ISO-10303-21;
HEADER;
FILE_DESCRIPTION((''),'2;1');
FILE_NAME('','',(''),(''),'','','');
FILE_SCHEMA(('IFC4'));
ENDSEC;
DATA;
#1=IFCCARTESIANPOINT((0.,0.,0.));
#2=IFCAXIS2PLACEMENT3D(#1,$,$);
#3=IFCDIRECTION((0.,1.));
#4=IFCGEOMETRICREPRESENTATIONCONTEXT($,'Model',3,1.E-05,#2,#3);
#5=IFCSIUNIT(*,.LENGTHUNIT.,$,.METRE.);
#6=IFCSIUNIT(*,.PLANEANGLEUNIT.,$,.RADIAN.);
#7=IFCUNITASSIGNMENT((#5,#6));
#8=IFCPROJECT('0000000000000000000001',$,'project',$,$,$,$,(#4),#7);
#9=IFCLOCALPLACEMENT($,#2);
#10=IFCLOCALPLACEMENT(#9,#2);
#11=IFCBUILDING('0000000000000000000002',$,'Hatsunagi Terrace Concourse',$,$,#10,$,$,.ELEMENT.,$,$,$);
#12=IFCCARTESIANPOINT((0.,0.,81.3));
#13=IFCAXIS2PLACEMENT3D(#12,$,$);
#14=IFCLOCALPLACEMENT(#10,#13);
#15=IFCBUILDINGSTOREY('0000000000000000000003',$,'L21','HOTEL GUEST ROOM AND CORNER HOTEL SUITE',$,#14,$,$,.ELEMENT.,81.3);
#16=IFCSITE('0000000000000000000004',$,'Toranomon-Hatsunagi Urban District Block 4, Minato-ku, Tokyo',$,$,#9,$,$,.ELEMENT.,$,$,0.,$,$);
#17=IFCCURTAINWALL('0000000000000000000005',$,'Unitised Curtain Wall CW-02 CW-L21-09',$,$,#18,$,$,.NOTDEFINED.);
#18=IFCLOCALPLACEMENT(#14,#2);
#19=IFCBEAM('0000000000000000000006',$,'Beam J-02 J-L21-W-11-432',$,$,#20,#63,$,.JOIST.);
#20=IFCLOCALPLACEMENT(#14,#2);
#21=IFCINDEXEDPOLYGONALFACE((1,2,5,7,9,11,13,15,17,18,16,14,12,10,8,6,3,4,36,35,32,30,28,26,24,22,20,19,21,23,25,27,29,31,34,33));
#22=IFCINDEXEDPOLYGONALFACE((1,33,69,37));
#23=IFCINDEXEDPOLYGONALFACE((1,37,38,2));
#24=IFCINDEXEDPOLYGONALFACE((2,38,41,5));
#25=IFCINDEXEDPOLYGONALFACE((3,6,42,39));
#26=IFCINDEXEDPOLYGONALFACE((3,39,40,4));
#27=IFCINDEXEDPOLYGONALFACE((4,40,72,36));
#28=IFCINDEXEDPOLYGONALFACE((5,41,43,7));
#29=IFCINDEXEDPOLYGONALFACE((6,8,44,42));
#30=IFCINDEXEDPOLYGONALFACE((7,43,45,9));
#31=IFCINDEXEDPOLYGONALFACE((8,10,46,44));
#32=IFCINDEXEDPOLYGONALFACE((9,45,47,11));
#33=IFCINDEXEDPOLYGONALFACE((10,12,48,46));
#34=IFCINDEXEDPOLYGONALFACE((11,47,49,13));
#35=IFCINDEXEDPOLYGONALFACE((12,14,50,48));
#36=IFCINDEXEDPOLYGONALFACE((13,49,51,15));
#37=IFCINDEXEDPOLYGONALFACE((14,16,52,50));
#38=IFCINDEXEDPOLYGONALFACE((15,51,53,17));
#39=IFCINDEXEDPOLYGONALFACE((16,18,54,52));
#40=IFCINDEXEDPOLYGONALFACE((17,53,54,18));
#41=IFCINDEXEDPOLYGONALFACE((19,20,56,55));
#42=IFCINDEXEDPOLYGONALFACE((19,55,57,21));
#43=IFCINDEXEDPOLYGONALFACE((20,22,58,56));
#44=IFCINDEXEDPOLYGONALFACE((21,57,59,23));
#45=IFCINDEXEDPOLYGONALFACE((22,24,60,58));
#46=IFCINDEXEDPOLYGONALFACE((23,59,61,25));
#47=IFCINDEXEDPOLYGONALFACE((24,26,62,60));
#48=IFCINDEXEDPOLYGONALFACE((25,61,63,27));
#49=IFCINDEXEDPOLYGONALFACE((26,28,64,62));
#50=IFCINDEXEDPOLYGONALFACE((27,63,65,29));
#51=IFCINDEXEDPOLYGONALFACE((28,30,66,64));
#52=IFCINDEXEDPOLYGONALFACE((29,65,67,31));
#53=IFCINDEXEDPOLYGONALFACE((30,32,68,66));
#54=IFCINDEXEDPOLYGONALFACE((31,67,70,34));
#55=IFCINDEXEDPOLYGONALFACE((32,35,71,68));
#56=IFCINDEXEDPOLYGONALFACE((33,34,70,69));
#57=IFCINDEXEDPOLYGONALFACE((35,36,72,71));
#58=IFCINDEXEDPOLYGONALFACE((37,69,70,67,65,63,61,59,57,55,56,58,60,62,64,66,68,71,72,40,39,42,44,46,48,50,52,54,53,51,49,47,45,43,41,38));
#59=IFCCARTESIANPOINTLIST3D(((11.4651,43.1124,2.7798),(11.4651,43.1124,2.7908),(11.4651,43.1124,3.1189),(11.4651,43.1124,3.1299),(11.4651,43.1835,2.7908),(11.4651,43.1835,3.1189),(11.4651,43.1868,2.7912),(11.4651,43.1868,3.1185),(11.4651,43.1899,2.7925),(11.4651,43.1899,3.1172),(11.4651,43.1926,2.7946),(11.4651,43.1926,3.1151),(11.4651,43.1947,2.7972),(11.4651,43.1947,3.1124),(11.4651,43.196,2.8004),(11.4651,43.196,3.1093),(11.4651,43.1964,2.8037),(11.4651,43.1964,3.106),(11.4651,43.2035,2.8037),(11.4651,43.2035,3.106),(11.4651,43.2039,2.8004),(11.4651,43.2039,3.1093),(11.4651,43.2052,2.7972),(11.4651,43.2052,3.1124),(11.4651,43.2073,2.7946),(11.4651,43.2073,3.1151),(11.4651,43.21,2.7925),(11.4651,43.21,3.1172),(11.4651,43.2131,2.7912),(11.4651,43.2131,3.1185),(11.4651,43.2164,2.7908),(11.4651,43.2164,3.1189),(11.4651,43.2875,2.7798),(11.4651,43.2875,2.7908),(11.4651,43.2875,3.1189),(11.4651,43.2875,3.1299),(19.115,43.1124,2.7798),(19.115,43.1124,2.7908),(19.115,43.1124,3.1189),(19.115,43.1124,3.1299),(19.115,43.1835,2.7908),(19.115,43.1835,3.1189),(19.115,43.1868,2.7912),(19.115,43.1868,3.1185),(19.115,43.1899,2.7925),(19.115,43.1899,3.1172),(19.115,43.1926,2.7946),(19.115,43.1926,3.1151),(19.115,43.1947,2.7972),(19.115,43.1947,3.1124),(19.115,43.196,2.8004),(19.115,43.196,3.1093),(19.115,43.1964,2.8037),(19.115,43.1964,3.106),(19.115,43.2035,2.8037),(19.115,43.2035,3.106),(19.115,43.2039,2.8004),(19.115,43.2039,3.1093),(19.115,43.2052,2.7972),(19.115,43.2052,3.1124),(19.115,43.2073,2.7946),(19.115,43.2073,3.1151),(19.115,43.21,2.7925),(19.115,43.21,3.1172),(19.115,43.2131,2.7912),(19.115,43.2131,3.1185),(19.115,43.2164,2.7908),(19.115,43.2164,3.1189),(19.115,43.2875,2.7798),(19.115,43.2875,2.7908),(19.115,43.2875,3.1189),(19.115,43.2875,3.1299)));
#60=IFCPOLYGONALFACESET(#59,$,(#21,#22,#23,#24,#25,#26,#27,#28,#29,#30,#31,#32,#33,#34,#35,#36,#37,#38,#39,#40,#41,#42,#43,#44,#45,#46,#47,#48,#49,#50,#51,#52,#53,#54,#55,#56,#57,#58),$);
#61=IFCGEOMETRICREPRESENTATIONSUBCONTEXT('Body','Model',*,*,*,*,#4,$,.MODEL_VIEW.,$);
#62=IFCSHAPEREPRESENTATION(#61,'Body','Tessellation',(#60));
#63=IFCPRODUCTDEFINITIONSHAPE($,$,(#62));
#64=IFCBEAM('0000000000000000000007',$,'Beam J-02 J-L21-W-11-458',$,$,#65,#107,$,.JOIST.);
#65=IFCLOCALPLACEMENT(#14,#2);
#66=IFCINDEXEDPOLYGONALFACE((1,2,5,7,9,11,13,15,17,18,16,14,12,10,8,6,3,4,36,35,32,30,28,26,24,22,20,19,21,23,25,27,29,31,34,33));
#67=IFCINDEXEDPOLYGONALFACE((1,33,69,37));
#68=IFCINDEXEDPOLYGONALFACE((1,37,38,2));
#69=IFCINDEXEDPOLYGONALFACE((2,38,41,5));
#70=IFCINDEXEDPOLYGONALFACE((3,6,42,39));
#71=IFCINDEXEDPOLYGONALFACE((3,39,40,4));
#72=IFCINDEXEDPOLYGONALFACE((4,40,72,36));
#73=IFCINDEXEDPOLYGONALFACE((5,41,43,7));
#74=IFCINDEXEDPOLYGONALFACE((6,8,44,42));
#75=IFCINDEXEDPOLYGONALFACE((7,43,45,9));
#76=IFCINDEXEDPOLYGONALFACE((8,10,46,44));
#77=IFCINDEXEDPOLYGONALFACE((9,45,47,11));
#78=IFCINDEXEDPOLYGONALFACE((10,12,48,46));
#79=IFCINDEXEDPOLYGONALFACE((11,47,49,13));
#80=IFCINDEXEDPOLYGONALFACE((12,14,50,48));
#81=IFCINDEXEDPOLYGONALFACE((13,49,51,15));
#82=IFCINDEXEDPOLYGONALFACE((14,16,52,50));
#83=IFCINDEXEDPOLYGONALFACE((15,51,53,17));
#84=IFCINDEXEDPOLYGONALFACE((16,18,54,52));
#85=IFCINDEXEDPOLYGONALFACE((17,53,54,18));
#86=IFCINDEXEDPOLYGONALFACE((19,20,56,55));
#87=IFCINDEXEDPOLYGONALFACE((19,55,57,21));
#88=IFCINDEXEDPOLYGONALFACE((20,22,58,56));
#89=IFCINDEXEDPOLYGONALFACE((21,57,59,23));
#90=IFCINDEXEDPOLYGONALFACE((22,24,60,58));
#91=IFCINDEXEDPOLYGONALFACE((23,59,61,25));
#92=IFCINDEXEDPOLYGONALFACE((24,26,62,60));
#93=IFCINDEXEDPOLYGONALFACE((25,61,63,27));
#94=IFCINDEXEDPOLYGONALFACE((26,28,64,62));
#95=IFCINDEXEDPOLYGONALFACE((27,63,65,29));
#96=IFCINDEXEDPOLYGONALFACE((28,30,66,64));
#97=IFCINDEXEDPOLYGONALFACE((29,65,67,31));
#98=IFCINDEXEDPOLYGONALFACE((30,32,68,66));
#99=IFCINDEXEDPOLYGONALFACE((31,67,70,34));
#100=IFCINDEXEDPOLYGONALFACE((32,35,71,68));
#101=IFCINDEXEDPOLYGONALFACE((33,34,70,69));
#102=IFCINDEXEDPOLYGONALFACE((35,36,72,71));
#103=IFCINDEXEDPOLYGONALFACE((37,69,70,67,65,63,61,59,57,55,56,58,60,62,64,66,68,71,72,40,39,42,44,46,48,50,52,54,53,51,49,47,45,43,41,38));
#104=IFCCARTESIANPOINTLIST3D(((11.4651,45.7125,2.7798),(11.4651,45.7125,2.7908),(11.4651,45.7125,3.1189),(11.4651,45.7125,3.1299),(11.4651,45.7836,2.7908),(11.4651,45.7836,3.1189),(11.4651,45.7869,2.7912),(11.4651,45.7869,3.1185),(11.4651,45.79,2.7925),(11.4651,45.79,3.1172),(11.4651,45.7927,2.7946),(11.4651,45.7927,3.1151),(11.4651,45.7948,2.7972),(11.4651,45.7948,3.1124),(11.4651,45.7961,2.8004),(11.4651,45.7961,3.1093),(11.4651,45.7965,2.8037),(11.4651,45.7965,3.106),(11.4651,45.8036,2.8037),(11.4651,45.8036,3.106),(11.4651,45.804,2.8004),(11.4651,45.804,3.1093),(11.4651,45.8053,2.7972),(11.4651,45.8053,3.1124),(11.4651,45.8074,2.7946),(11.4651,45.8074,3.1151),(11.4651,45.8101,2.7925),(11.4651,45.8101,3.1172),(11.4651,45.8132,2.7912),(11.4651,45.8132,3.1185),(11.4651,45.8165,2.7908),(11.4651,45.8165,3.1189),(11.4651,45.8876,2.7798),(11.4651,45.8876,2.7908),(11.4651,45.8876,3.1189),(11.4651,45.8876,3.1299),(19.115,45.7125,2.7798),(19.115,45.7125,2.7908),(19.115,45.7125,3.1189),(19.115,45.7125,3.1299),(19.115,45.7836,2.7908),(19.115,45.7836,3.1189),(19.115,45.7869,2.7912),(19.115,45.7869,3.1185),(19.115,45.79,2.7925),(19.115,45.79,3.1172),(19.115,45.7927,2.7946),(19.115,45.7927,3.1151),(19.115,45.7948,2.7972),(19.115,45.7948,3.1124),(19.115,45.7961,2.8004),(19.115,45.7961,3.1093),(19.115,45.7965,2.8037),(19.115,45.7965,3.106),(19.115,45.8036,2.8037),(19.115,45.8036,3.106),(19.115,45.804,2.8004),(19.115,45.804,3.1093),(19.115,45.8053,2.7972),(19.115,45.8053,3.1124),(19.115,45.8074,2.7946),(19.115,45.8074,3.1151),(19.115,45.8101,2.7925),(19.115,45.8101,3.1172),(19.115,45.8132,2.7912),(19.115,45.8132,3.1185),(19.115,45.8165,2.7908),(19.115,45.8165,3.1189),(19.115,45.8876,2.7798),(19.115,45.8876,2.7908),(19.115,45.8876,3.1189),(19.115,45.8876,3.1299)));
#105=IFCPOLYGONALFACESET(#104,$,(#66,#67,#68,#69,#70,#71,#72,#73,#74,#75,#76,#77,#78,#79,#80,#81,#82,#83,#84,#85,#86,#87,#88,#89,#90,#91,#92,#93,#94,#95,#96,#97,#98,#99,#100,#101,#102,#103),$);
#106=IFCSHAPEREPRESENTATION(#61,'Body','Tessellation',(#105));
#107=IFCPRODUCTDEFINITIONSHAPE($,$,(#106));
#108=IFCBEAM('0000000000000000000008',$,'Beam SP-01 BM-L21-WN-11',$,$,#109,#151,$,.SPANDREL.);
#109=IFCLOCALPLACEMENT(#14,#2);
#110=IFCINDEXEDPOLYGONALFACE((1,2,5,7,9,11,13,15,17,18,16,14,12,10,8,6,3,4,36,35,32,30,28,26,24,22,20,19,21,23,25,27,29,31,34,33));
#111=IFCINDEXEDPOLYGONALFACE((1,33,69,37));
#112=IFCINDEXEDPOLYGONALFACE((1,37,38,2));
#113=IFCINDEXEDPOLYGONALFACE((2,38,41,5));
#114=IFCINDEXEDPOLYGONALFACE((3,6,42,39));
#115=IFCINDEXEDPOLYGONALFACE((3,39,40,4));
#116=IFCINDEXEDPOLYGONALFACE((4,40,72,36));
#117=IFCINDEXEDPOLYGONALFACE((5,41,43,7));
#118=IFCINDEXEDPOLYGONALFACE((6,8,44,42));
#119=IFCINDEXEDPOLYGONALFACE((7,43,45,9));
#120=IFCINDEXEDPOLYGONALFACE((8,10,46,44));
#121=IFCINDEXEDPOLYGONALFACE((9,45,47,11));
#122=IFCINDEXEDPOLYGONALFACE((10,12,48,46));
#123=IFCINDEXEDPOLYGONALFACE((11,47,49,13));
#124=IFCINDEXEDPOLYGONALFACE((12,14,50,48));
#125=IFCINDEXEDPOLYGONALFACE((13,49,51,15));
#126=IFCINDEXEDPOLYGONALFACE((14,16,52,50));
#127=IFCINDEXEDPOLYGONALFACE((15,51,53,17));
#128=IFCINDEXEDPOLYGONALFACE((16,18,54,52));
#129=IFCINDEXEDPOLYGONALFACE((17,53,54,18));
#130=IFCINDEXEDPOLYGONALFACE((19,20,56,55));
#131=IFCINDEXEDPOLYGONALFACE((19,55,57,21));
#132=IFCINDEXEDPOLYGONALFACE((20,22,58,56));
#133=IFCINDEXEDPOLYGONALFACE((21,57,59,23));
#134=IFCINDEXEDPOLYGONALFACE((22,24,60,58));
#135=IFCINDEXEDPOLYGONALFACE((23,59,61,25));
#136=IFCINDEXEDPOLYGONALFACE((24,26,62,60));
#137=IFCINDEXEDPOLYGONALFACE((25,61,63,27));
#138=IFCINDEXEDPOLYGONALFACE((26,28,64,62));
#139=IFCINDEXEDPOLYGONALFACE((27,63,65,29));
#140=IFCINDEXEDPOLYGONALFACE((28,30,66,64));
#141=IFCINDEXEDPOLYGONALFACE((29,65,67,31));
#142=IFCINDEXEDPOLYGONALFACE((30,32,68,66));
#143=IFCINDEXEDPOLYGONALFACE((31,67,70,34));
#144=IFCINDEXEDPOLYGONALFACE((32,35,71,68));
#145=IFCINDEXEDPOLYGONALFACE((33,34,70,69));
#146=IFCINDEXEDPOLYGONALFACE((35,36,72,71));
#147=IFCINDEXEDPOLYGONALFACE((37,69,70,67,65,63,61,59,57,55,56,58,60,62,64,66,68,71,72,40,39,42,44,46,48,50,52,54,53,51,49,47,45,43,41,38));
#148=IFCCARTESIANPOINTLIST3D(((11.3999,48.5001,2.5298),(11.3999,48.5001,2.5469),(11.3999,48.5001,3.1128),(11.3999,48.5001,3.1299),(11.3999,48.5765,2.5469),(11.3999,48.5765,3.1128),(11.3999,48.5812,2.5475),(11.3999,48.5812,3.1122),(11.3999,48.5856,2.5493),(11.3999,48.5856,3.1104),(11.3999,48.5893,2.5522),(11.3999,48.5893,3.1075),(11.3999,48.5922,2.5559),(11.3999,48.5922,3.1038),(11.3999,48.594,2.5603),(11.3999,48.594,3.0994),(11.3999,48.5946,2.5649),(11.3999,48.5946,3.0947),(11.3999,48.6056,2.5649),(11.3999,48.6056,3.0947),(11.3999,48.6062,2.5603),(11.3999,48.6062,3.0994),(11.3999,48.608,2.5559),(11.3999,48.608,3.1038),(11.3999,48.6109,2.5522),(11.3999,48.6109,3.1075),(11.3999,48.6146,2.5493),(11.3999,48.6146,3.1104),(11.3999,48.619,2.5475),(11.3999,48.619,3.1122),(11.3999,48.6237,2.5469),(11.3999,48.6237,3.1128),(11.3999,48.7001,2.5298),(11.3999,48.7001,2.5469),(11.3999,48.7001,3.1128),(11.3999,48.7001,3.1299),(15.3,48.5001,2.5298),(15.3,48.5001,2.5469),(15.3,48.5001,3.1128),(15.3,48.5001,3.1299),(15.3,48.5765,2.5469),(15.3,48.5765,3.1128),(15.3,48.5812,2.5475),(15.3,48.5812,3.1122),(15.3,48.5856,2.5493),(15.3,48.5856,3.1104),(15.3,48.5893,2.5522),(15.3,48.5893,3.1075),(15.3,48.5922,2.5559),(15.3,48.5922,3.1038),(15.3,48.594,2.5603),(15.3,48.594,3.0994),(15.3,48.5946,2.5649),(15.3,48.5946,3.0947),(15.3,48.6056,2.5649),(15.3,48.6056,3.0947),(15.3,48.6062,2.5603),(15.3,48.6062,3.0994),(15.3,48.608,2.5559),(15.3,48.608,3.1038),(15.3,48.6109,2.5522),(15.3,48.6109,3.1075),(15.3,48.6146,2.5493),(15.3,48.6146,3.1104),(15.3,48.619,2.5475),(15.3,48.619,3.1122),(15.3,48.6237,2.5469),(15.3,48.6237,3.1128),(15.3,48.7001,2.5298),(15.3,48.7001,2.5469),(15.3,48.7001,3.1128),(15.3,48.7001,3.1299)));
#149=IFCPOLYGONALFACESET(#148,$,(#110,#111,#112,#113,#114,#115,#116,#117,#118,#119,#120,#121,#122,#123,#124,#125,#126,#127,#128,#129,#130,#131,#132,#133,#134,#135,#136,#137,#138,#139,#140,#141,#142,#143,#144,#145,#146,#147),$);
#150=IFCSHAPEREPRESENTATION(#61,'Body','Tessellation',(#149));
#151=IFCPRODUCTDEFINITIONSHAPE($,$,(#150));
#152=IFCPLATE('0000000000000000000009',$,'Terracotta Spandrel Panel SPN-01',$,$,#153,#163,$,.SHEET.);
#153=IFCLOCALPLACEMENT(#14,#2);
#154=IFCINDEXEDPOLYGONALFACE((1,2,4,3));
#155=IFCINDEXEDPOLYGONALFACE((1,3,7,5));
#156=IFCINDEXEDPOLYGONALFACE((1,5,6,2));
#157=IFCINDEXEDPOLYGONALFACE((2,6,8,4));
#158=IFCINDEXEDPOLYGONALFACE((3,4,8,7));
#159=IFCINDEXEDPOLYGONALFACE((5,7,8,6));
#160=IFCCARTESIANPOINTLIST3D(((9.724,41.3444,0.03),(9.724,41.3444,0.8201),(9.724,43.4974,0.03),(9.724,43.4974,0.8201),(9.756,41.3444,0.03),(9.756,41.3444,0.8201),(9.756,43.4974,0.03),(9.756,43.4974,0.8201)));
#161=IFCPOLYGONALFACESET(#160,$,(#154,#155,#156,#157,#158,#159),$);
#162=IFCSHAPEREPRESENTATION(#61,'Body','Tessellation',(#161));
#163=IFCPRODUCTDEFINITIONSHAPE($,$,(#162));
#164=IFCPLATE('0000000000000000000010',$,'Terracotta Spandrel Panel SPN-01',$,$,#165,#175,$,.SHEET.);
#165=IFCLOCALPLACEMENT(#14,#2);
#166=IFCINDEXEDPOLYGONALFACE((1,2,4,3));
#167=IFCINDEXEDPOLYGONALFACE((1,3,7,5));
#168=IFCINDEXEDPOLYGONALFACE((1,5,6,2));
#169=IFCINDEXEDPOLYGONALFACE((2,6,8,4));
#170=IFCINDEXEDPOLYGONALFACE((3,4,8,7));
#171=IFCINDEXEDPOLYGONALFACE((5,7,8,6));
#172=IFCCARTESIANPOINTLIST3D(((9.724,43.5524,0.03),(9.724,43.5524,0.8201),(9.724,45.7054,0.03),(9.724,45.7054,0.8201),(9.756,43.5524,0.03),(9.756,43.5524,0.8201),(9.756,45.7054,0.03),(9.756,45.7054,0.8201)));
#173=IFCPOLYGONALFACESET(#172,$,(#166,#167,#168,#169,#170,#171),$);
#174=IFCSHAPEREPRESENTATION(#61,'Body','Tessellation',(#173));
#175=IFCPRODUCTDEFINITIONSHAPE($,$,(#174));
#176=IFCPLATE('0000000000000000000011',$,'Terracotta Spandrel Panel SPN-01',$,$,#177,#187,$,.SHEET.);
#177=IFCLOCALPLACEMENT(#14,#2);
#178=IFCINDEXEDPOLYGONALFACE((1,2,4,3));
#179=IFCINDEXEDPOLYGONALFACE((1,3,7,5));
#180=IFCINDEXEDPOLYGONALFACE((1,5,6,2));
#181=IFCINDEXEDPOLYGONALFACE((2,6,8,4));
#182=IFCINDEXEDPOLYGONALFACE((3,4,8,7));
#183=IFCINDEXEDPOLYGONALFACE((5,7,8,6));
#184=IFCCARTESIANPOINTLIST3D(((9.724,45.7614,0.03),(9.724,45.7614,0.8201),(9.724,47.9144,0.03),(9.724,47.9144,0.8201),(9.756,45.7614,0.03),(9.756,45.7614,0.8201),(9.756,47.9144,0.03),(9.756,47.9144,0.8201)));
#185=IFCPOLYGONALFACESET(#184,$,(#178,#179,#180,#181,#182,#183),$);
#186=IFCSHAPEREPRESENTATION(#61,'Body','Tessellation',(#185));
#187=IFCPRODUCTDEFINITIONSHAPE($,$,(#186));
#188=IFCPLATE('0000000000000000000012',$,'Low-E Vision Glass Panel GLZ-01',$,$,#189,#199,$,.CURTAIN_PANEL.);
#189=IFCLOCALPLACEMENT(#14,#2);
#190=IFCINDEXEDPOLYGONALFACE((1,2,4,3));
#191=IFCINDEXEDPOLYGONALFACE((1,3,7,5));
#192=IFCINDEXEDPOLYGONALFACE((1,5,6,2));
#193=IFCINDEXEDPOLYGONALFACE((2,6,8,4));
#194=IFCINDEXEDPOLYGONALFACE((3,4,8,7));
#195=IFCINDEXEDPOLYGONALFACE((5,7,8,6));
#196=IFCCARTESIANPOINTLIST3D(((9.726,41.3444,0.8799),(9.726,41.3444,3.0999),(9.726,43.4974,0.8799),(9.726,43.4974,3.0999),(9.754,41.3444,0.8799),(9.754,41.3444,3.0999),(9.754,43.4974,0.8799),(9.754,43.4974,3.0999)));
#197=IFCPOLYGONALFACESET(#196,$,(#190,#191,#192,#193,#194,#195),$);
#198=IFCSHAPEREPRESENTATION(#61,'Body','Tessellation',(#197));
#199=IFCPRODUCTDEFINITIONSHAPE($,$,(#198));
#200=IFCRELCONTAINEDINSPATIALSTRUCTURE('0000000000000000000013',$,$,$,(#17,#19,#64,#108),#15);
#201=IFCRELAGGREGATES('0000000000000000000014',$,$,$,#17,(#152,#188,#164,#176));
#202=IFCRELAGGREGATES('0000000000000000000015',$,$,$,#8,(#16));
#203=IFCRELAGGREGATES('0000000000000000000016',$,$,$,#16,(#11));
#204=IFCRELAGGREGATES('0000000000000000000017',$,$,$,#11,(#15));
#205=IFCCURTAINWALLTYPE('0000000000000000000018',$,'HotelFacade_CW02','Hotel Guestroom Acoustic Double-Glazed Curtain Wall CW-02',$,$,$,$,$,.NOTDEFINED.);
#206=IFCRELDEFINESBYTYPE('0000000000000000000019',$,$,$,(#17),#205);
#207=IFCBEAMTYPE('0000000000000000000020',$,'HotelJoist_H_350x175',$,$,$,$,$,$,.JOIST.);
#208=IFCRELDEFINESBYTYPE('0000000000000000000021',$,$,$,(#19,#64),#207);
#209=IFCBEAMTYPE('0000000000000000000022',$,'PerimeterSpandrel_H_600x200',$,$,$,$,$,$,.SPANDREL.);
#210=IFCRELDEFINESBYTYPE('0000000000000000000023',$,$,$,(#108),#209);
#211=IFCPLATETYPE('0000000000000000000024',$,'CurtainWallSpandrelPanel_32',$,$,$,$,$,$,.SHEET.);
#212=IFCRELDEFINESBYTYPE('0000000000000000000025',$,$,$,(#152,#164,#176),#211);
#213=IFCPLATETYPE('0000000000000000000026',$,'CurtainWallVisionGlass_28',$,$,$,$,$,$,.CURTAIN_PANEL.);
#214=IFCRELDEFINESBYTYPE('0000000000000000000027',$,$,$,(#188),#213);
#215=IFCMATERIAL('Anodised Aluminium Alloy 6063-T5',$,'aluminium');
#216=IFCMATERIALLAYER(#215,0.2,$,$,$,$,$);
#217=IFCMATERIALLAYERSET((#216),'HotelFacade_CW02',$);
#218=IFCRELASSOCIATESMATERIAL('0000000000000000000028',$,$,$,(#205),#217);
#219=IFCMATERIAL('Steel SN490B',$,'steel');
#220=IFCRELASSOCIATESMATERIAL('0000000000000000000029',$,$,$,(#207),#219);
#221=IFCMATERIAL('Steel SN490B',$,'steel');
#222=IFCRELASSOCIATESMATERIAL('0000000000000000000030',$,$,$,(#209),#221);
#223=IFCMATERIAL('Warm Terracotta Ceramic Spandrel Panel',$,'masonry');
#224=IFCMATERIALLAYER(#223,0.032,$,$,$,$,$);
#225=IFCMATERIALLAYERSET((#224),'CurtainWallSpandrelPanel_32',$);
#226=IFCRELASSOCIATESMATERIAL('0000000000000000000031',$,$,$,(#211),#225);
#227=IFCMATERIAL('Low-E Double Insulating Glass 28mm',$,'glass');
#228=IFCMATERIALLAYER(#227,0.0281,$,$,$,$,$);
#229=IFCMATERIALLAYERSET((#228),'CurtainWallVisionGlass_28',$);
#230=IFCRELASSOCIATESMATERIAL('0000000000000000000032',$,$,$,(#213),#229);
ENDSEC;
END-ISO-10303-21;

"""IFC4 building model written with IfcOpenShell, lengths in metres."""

from ifc_helpers import new_model, si_unit, direction, frame, origin, origin_2d, place, context, subcontext, project, spatial, rectangle, i_section, extrude, material, layer, layer_set, material_profile, profile_set, type_object, element, aggregate, save


model = new_model("IFC4")

# Units and contexts
model_context = context("Model", 3, precision=1e-05, world=origin(), true_north=direction((0.0, 1.0)))
body_context = subcontext(model_context, "Body", "Model", "MODEL_VIEW")
ifc_project = project(units=[si_unit("LENGTHUNIT", "METRE"), si_unit("PLANEANGLEUNIT", "RADIAN")], contexts=[model_context])

# Site, building, storey
site_placement = place(None, origin())
site = spatial("IfcSite", under=ifc_project, at=site_placement, Name="Toranomon-Hatsunagi Urban District Block 4, Minato-ku, Tokyo", CompositionType="ELEMENT", RefElevation=0.0)
building_placement = place(site_placement, origin())
building = spatial("IfcBuilding", under=site, at=building_placement, Name="Hatsunagi Terrace Concourse", CompositionType="ELEMENT")
storey_placement = place(building_placement, frame((0.0, 0.0, 81.3)))
storey = spatial("IfcBuildingStorey", under=building, at=storey_placement, Name="L21", Description="HOTEL GUEST ROOM AND CORNER HOTEL SUITE", CompositionType="ELEMENT", Elevation=81.3)

# Curtain wall
ifc_material_1 = material(Name="Anodised Aluminium Alloy 6063-T5", Category="aluminium")
ifc_layer_1 = layer(ifc_material_1, 0.2)
ifc_layer_set_1 = layer_set([ifc_layer_1], Name="HotelFacade_CW02")
curtain_wall_type = type_object("IfcCurtainWallType", Name="HotelFacade_CW02", Description="Hotel Guestroom Acoustic Double-Glazed Curtain Wall CW-02", PredefinedType="NOTDEFINED", material=ifc_layer_set_1)
curtain_wall_placement = place(storey_placement, origin())
curtain_wall = element("IfcCurtainWall", 1, at=curtain_wall_placement, inside=storey, type_object=curtain_wall_type, Name="Unitised Curtain Wall CW-02 CW-L21-09", PredefinedType="NOTDEFINED")

# Beams
ifc_material_2 = material(Name="Steel SN490B", Category="steel")
ifc_material_profile_1 = material_profile(ifc_material_2, i_section(OverallWidth=0.175, OverallDepth=0.3501, WebThickness=0.0071, FlangeThickness=0.011, FilletRadius=0.0129, at=origin_2d()), Name="H-350x175x7x11")
ifc_profile_set_1 = profile_set([ifc_material_profile_1], Name="Steel SN490B")
beam_type_1 = type_object("IfcBeamType", Name="HotelJoist_H_350x175", PredefinedType="JOIST", material=ifc_profile_set_1)
for number, where, z_axis, x_axis, name in (
    (2, (11.4651, 43.2, 2.9548), (1.0, 0.0, 0.0), (0.0, 1.0, 0.0), "Beam J-02 J-L21-W-11-432"),
    (3, (11.4651, 45.8, 2.9548), (1.0, 0.0, 0.0), (0.0, 1.0, 0.0), "Beam J-02 J-L21-W-11-458"),
):
    element("IfcBeam", number, at=place(storey_placement, frame(where, z_axis=z_axis, x_axis=x_axis)), inside=storey, type_object=beam_type_1, Name=name, PredefinedType="JOIST", context=body_context, shape_type="SweptSolid", body=[
        extrude(i_section(OverallWidth=0.175, OverallDepth=0.3501, WebThickness=0.0071, FlangeThickness=0.011, FilletRadius=0.0129, at=origin_2d()), origin(), (0.0, 0.0, 1.0), 7.6499),
    ])
ifc_material_3 = material(Name="Steel SN490B", Category="steel")
ifc_material_profile_2 = material_profile(ifc_material_3, i_section(OverallWidth=0.2, OverallDepth=0.6001, WebThickness=0.011, FlangeThickness=0.0171, FilletRadius=0.0181, at=origin_2d()), Name="H-600x200x11x17")
ifc_profile_set_2 = profile_set([ifc_material_profile_2], Name="Steel SN490B")
beam_type_2 = type_object("IfcBeamType", Name="PerimeterSpandrel_H_600x200", PredefinedType="SPANDREL", material=ifc_profile_set_2)
beam_placement = place(storey_placement, frame((11.3999, 48.6001, 2.8298), z_axis=(1.0, 0.0, 0.0), x_axis=(0.0, 1.0, 0.0)))
element("IfcBeam", 4, at=beam_placement, inside=storey, type_object=beam_type_2, Name="Beam SP-01 BM-L21-WN-11", PredefinedType="SPANDREL", context=body_context, shape_type="SweptSolid", body=[
    extrude(i_section(OverallWidth=0.2, OverallDepth=0.6001, WebThickness=0.011, FlangeThickness=0.0171, FilletRadius=0.0181, at=origin_2d()), origin(), (0.0, 0.0, 1.0), 3.9001),
])

# Plates
ifc_material_4 = material(Name="Warm Terracotta Ceramic Spandrel Panel", Category="masonry")
ifc_layer_2 = layer(ifc_material_4, 0.032)
ifc_layer_set_2 = layer_set([ifc_layer_2], Name="CurtainWallSpandrelPanel_32")
plate_type_1 = type_object("IfcPlateType", Name="CurtainWallSpandrelPanel_32", PredefinedType="SHEET", material=ifc_layer_set_2)
plate_1_placement = place(storey_placement, frame((9.74, 42.4209, 0.03), z_axis=(0.0, 0.0, 1.0), x_axis=(0.0, 1.0, 0.0)))
plate_1 = element("IfcPlate", 5, at=plate_1_placement, type_object=plate_type_1, Name="Terracotta Spandrel Panel SPN-01", PredefinedType="SHEET", context=body_context, shape_type="SweptSolid", body=[
    extrude(rectangle(XDim=2.1531, YDim=0.032, at=origin_2d()), origin(), (0.0, 0.0, 1.0), 0.79),
])
plate_2_placement = place(storey_placement, frame((9.74, 44.6289, 0.03), z_axis=(0.0, 0.0, 1.0), x_axis=(0.0, 1.0, 0.0)))
plate_2 = element("IfcPlate", 6, at=plate_2_placement, type_object=plate_type_1, Name="Terracotta Spandrel Panel SPN-01", PredefinedType="SHEET", context=body_context, shape_type="SweptSolid", body=[
    extrude(rectangle(XDim=2.1531, YDim=0.032, at=origin_2d()), origin(), (0.0, 0.0, 1.0), 0.79),
])
plate_3_placement = place(storey_placement, frame((9.74, 46.8379, 0.03), z_axis=(0.0, 0.0, 1.0), x_axis=(0.0, 1.0, 0.0)))
plate_3 = element("IfcPlate", 7, at=plate_3_placement, type_object=plate_type_1, Name="Terracotta Spandrel Panel SPN-01", PredefinedType="SHEET", context=body_context, shape_type="SweptSolid", body=[
    extrude(rectangle(XDim=2.1531, YDim=0.032, at=origin_2d()), origin(), (0.0, 0.0, 1.0), 0.79),
])
ifc_material_5 = material(Name="Low-E Double Insulating Glass 28mm", Category="glass")
ifc_layer_3 = layer(ifc_material_5, 0.0281)
ifc_layer_set_3 = layer_set([ifc_layer_3], Name="CurtainWallVisionGlass_28")
plate_type_2 = type_object("IfcPlateType", Name="CurtainWallVisionGlass_28", PredefinedType="CURTAIN_PANEL", material=ifc_layer_set_3)
plate_4_placement = place(storey_placement, frame((9.74, 42.4209, 0.8799), z_axis=(0.0, 0.0, 1.0), x_axis=(0.0, 1.0, 0.0)))
plate_4 = element("IfcPlate", 8, at=plate_4_placement, type_object=plate_type_2, Name="Low-E Vision Glass Panel GLZ-01", PredefinedType="CURTAIN_PANEL", context=body_context, shape_type="SweptSolid", body=[
    extrude(rectangle(XDim=2.1531, YDim=0.0281, at=origin_2d()), origin(), (0.0, 0.0, 1.0), 2.22),
])
aggregate(curtain_wall, [plate_1, plate_4, plate_2, plate_3])

save(model, "model.ifc")
